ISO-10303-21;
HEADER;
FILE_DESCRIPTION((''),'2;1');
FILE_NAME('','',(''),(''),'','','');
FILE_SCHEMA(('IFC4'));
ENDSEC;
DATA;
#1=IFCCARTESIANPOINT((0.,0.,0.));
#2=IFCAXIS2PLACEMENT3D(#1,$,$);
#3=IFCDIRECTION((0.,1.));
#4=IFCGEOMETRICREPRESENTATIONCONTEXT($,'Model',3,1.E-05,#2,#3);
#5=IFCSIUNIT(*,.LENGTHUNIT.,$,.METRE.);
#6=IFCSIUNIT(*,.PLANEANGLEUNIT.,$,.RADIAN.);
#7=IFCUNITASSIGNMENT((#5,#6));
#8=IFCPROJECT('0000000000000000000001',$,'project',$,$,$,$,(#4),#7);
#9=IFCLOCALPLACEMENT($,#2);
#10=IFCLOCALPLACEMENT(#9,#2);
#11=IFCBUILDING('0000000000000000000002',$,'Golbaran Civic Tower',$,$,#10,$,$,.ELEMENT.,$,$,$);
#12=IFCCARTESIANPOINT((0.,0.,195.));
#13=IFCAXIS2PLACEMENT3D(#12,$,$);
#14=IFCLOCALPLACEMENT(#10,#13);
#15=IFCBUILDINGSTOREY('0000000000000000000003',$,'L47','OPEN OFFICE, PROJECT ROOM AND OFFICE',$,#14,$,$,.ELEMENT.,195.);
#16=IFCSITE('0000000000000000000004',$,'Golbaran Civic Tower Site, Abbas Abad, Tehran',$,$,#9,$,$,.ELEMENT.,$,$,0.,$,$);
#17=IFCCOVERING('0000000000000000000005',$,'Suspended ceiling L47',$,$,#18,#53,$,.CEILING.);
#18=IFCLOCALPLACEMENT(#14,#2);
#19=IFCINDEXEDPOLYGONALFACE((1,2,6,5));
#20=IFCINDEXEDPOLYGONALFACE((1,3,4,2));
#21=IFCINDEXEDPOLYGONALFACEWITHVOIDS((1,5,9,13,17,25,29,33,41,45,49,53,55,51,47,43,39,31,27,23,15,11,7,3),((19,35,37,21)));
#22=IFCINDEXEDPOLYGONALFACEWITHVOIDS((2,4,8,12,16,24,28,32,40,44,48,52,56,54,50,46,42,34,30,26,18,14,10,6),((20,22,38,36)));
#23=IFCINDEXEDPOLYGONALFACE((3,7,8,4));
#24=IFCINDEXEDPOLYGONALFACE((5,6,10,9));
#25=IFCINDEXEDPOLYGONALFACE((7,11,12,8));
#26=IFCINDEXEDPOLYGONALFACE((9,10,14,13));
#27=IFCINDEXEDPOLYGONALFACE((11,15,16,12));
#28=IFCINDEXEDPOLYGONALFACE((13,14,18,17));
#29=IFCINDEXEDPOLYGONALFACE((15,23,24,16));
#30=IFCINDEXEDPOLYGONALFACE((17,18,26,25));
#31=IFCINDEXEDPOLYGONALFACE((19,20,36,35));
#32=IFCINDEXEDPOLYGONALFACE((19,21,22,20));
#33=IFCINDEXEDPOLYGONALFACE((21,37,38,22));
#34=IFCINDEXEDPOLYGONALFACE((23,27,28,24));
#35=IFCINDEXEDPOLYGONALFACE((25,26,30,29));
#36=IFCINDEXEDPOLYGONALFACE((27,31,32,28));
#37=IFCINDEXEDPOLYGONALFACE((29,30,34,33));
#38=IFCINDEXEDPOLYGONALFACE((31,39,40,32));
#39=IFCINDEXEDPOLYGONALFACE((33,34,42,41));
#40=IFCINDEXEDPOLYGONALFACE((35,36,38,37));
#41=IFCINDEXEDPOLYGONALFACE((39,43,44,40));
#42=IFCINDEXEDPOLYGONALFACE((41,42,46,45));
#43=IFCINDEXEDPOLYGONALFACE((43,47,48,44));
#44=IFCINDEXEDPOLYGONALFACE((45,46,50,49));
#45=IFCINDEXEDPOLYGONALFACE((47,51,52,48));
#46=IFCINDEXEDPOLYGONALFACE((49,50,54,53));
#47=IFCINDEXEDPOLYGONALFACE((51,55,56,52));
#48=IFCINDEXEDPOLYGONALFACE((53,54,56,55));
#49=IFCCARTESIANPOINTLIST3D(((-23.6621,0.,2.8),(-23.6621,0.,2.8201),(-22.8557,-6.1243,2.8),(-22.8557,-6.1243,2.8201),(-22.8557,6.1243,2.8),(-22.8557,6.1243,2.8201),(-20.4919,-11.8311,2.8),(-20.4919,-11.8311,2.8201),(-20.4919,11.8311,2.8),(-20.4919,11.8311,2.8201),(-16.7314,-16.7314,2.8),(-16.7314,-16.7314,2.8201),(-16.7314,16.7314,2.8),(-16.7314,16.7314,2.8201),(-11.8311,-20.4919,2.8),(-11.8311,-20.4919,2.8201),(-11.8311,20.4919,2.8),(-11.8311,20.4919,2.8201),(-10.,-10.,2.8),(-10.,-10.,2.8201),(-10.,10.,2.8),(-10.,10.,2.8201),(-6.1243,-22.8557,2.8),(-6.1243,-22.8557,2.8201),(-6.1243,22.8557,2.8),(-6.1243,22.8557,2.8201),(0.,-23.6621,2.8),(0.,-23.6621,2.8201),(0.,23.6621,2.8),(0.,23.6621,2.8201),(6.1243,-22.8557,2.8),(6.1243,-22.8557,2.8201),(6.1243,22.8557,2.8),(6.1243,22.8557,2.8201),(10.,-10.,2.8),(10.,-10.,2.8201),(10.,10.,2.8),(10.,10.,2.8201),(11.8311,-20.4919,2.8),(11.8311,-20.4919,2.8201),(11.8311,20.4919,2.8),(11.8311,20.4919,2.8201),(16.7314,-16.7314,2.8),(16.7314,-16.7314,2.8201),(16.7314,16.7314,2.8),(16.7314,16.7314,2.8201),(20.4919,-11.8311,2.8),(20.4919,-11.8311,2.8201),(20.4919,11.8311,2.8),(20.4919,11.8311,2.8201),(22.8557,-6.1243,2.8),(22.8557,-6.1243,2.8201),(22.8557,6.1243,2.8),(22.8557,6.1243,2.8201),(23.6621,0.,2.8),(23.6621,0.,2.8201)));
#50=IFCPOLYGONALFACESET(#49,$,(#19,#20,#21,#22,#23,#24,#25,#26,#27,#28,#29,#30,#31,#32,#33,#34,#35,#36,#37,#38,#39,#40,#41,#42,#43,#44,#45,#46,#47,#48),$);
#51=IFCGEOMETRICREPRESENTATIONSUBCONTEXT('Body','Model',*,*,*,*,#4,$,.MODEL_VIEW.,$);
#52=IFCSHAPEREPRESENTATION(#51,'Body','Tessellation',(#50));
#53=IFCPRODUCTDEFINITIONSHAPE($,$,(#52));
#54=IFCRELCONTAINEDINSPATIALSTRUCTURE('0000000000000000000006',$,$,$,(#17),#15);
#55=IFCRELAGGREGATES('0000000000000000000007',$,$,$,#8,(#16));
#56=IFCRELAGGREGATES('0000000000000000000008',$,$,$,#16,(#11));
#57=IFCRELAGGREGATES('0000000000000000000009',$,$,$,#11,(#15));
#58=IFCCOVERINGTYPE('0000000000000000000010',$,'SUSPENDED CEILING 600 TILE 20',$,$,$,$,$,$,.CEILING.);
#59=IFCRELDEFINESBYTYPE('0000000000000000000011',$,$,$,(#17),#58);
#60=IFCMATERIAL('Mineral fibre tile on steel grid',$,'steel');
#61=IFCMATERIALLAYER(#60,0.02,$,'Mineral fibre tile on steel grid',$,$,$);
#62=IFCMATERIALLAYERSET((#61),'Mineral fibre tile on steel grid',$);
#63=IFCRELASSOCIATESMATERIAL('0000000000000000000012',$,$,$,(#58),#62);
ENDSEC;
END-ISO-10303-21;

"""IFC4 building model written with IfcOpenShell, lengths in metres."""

from ifc_helpers import new_model, si_unit, direction, frame, origin, place, context, subcontext, project, spatial, polyline, outline, extrude, material, layer, layer_set, type_object, element, save


model = new_model("IFC4")

# Units and contexts
model_context = context("Model", 3, precision=1e-05, world=origin(), true_north=direction((0.0, 1.0)))
body_context = subcontext(model_context, "Body", "Model", "MODEL_VIEW")
ifc_project = project(units=[si_unit("LENGTHUNIT", "METRE"), si_unit("PLANEANGLEUNIT", "RADIAN")], contexts=[model_context])

# Site, building, storey
site_placement = place(None, origin())
site = spatial("IfcSite", under=ifc_project, at=site_placement, Name="Golbaran Civic Tower Site, Abbas Abad, Tehran", CompositionType="ELEMENT", RefElevation=0.0)
building_placement = place(site_placement, origin())
building = spatial("IfcBuilding", under=site, at=building_placement, Name="Golbaran Civic Tower", CompositionType="ELEMENT")
storey_placement = place(building_placement, frame((0.0, 0.0, 195.0)))
storey = spatial("IfcBuildingStorey", under=building, at=storey_placement, Name="L47", Description="OPEN OFFICE, PROJECT ROOM AND OFFICE", CompositionType="ELEMENT", Elevation=195.0)

# Covering
ifc_material_1 = material(Name="Mineral fibre tile on steel grid", Category="steel")
ifc_layer_1 = layer(ifc_material_1, 0.02, Name="Mineral fibre tile on steel grid")
ifc_layer_set_1 = layer_set([ifc_layer_1], Name="Mineral fibre tile on steel grid")
covering_type = type_object("IfcCoveringType", Name="SUSPENDED CEILING 600 TILE 20", PredefinedType="CEILING", material=ifc_layer_set_1)
covering_placement = place(storey_placement, frame((0.0, 0.0, 2.8)))
element("IfcCovering", 1, at=covering_placement, inside=storey, type_object=covering_type, Name="Suspended ceiling L47", PredefinedType="CEILING", context=body_context, shape_type="SweptSolid", body=[
    extrude(outline(polyline([(-20.4919, 11.8311), (-16.7314, 16.7314), (-11.8311, 20.4919), (-6.1243, 22.8557), (0.0, 23.6621), (6.1243, 22.8557), (11.8311, 20.4919), (16.7314, 16.7314), (20.4919, 11.8311), (22.8557, 6.1243), (23.6621, 0.0), (22.8557, -6.1243), (20.4919, -11.8311), (16.7314, -16.7314), (11.8311, -20.4919), (6.1243, -22.8557), (0.0, -23.6621), (-6.1243, -22.8557), (-11.8311, -20.4919), (-16.7314, -16.7314), (-20.4919, -11.8311), (-22.8557, -6.1243), (-23.6621, 0.0), (-22.8557, 6.1243), (-20.4919, 11.8311)]), holes=[polyline([(10.0, 10.0), (-10.0, 10.0), (-10.0, -10.0), (10.0, -10.0), (10.0, 10.0)])]), origin(), (0.0, 0.0, 1.0), 0.02),
])

save(model, "model.ifc")
